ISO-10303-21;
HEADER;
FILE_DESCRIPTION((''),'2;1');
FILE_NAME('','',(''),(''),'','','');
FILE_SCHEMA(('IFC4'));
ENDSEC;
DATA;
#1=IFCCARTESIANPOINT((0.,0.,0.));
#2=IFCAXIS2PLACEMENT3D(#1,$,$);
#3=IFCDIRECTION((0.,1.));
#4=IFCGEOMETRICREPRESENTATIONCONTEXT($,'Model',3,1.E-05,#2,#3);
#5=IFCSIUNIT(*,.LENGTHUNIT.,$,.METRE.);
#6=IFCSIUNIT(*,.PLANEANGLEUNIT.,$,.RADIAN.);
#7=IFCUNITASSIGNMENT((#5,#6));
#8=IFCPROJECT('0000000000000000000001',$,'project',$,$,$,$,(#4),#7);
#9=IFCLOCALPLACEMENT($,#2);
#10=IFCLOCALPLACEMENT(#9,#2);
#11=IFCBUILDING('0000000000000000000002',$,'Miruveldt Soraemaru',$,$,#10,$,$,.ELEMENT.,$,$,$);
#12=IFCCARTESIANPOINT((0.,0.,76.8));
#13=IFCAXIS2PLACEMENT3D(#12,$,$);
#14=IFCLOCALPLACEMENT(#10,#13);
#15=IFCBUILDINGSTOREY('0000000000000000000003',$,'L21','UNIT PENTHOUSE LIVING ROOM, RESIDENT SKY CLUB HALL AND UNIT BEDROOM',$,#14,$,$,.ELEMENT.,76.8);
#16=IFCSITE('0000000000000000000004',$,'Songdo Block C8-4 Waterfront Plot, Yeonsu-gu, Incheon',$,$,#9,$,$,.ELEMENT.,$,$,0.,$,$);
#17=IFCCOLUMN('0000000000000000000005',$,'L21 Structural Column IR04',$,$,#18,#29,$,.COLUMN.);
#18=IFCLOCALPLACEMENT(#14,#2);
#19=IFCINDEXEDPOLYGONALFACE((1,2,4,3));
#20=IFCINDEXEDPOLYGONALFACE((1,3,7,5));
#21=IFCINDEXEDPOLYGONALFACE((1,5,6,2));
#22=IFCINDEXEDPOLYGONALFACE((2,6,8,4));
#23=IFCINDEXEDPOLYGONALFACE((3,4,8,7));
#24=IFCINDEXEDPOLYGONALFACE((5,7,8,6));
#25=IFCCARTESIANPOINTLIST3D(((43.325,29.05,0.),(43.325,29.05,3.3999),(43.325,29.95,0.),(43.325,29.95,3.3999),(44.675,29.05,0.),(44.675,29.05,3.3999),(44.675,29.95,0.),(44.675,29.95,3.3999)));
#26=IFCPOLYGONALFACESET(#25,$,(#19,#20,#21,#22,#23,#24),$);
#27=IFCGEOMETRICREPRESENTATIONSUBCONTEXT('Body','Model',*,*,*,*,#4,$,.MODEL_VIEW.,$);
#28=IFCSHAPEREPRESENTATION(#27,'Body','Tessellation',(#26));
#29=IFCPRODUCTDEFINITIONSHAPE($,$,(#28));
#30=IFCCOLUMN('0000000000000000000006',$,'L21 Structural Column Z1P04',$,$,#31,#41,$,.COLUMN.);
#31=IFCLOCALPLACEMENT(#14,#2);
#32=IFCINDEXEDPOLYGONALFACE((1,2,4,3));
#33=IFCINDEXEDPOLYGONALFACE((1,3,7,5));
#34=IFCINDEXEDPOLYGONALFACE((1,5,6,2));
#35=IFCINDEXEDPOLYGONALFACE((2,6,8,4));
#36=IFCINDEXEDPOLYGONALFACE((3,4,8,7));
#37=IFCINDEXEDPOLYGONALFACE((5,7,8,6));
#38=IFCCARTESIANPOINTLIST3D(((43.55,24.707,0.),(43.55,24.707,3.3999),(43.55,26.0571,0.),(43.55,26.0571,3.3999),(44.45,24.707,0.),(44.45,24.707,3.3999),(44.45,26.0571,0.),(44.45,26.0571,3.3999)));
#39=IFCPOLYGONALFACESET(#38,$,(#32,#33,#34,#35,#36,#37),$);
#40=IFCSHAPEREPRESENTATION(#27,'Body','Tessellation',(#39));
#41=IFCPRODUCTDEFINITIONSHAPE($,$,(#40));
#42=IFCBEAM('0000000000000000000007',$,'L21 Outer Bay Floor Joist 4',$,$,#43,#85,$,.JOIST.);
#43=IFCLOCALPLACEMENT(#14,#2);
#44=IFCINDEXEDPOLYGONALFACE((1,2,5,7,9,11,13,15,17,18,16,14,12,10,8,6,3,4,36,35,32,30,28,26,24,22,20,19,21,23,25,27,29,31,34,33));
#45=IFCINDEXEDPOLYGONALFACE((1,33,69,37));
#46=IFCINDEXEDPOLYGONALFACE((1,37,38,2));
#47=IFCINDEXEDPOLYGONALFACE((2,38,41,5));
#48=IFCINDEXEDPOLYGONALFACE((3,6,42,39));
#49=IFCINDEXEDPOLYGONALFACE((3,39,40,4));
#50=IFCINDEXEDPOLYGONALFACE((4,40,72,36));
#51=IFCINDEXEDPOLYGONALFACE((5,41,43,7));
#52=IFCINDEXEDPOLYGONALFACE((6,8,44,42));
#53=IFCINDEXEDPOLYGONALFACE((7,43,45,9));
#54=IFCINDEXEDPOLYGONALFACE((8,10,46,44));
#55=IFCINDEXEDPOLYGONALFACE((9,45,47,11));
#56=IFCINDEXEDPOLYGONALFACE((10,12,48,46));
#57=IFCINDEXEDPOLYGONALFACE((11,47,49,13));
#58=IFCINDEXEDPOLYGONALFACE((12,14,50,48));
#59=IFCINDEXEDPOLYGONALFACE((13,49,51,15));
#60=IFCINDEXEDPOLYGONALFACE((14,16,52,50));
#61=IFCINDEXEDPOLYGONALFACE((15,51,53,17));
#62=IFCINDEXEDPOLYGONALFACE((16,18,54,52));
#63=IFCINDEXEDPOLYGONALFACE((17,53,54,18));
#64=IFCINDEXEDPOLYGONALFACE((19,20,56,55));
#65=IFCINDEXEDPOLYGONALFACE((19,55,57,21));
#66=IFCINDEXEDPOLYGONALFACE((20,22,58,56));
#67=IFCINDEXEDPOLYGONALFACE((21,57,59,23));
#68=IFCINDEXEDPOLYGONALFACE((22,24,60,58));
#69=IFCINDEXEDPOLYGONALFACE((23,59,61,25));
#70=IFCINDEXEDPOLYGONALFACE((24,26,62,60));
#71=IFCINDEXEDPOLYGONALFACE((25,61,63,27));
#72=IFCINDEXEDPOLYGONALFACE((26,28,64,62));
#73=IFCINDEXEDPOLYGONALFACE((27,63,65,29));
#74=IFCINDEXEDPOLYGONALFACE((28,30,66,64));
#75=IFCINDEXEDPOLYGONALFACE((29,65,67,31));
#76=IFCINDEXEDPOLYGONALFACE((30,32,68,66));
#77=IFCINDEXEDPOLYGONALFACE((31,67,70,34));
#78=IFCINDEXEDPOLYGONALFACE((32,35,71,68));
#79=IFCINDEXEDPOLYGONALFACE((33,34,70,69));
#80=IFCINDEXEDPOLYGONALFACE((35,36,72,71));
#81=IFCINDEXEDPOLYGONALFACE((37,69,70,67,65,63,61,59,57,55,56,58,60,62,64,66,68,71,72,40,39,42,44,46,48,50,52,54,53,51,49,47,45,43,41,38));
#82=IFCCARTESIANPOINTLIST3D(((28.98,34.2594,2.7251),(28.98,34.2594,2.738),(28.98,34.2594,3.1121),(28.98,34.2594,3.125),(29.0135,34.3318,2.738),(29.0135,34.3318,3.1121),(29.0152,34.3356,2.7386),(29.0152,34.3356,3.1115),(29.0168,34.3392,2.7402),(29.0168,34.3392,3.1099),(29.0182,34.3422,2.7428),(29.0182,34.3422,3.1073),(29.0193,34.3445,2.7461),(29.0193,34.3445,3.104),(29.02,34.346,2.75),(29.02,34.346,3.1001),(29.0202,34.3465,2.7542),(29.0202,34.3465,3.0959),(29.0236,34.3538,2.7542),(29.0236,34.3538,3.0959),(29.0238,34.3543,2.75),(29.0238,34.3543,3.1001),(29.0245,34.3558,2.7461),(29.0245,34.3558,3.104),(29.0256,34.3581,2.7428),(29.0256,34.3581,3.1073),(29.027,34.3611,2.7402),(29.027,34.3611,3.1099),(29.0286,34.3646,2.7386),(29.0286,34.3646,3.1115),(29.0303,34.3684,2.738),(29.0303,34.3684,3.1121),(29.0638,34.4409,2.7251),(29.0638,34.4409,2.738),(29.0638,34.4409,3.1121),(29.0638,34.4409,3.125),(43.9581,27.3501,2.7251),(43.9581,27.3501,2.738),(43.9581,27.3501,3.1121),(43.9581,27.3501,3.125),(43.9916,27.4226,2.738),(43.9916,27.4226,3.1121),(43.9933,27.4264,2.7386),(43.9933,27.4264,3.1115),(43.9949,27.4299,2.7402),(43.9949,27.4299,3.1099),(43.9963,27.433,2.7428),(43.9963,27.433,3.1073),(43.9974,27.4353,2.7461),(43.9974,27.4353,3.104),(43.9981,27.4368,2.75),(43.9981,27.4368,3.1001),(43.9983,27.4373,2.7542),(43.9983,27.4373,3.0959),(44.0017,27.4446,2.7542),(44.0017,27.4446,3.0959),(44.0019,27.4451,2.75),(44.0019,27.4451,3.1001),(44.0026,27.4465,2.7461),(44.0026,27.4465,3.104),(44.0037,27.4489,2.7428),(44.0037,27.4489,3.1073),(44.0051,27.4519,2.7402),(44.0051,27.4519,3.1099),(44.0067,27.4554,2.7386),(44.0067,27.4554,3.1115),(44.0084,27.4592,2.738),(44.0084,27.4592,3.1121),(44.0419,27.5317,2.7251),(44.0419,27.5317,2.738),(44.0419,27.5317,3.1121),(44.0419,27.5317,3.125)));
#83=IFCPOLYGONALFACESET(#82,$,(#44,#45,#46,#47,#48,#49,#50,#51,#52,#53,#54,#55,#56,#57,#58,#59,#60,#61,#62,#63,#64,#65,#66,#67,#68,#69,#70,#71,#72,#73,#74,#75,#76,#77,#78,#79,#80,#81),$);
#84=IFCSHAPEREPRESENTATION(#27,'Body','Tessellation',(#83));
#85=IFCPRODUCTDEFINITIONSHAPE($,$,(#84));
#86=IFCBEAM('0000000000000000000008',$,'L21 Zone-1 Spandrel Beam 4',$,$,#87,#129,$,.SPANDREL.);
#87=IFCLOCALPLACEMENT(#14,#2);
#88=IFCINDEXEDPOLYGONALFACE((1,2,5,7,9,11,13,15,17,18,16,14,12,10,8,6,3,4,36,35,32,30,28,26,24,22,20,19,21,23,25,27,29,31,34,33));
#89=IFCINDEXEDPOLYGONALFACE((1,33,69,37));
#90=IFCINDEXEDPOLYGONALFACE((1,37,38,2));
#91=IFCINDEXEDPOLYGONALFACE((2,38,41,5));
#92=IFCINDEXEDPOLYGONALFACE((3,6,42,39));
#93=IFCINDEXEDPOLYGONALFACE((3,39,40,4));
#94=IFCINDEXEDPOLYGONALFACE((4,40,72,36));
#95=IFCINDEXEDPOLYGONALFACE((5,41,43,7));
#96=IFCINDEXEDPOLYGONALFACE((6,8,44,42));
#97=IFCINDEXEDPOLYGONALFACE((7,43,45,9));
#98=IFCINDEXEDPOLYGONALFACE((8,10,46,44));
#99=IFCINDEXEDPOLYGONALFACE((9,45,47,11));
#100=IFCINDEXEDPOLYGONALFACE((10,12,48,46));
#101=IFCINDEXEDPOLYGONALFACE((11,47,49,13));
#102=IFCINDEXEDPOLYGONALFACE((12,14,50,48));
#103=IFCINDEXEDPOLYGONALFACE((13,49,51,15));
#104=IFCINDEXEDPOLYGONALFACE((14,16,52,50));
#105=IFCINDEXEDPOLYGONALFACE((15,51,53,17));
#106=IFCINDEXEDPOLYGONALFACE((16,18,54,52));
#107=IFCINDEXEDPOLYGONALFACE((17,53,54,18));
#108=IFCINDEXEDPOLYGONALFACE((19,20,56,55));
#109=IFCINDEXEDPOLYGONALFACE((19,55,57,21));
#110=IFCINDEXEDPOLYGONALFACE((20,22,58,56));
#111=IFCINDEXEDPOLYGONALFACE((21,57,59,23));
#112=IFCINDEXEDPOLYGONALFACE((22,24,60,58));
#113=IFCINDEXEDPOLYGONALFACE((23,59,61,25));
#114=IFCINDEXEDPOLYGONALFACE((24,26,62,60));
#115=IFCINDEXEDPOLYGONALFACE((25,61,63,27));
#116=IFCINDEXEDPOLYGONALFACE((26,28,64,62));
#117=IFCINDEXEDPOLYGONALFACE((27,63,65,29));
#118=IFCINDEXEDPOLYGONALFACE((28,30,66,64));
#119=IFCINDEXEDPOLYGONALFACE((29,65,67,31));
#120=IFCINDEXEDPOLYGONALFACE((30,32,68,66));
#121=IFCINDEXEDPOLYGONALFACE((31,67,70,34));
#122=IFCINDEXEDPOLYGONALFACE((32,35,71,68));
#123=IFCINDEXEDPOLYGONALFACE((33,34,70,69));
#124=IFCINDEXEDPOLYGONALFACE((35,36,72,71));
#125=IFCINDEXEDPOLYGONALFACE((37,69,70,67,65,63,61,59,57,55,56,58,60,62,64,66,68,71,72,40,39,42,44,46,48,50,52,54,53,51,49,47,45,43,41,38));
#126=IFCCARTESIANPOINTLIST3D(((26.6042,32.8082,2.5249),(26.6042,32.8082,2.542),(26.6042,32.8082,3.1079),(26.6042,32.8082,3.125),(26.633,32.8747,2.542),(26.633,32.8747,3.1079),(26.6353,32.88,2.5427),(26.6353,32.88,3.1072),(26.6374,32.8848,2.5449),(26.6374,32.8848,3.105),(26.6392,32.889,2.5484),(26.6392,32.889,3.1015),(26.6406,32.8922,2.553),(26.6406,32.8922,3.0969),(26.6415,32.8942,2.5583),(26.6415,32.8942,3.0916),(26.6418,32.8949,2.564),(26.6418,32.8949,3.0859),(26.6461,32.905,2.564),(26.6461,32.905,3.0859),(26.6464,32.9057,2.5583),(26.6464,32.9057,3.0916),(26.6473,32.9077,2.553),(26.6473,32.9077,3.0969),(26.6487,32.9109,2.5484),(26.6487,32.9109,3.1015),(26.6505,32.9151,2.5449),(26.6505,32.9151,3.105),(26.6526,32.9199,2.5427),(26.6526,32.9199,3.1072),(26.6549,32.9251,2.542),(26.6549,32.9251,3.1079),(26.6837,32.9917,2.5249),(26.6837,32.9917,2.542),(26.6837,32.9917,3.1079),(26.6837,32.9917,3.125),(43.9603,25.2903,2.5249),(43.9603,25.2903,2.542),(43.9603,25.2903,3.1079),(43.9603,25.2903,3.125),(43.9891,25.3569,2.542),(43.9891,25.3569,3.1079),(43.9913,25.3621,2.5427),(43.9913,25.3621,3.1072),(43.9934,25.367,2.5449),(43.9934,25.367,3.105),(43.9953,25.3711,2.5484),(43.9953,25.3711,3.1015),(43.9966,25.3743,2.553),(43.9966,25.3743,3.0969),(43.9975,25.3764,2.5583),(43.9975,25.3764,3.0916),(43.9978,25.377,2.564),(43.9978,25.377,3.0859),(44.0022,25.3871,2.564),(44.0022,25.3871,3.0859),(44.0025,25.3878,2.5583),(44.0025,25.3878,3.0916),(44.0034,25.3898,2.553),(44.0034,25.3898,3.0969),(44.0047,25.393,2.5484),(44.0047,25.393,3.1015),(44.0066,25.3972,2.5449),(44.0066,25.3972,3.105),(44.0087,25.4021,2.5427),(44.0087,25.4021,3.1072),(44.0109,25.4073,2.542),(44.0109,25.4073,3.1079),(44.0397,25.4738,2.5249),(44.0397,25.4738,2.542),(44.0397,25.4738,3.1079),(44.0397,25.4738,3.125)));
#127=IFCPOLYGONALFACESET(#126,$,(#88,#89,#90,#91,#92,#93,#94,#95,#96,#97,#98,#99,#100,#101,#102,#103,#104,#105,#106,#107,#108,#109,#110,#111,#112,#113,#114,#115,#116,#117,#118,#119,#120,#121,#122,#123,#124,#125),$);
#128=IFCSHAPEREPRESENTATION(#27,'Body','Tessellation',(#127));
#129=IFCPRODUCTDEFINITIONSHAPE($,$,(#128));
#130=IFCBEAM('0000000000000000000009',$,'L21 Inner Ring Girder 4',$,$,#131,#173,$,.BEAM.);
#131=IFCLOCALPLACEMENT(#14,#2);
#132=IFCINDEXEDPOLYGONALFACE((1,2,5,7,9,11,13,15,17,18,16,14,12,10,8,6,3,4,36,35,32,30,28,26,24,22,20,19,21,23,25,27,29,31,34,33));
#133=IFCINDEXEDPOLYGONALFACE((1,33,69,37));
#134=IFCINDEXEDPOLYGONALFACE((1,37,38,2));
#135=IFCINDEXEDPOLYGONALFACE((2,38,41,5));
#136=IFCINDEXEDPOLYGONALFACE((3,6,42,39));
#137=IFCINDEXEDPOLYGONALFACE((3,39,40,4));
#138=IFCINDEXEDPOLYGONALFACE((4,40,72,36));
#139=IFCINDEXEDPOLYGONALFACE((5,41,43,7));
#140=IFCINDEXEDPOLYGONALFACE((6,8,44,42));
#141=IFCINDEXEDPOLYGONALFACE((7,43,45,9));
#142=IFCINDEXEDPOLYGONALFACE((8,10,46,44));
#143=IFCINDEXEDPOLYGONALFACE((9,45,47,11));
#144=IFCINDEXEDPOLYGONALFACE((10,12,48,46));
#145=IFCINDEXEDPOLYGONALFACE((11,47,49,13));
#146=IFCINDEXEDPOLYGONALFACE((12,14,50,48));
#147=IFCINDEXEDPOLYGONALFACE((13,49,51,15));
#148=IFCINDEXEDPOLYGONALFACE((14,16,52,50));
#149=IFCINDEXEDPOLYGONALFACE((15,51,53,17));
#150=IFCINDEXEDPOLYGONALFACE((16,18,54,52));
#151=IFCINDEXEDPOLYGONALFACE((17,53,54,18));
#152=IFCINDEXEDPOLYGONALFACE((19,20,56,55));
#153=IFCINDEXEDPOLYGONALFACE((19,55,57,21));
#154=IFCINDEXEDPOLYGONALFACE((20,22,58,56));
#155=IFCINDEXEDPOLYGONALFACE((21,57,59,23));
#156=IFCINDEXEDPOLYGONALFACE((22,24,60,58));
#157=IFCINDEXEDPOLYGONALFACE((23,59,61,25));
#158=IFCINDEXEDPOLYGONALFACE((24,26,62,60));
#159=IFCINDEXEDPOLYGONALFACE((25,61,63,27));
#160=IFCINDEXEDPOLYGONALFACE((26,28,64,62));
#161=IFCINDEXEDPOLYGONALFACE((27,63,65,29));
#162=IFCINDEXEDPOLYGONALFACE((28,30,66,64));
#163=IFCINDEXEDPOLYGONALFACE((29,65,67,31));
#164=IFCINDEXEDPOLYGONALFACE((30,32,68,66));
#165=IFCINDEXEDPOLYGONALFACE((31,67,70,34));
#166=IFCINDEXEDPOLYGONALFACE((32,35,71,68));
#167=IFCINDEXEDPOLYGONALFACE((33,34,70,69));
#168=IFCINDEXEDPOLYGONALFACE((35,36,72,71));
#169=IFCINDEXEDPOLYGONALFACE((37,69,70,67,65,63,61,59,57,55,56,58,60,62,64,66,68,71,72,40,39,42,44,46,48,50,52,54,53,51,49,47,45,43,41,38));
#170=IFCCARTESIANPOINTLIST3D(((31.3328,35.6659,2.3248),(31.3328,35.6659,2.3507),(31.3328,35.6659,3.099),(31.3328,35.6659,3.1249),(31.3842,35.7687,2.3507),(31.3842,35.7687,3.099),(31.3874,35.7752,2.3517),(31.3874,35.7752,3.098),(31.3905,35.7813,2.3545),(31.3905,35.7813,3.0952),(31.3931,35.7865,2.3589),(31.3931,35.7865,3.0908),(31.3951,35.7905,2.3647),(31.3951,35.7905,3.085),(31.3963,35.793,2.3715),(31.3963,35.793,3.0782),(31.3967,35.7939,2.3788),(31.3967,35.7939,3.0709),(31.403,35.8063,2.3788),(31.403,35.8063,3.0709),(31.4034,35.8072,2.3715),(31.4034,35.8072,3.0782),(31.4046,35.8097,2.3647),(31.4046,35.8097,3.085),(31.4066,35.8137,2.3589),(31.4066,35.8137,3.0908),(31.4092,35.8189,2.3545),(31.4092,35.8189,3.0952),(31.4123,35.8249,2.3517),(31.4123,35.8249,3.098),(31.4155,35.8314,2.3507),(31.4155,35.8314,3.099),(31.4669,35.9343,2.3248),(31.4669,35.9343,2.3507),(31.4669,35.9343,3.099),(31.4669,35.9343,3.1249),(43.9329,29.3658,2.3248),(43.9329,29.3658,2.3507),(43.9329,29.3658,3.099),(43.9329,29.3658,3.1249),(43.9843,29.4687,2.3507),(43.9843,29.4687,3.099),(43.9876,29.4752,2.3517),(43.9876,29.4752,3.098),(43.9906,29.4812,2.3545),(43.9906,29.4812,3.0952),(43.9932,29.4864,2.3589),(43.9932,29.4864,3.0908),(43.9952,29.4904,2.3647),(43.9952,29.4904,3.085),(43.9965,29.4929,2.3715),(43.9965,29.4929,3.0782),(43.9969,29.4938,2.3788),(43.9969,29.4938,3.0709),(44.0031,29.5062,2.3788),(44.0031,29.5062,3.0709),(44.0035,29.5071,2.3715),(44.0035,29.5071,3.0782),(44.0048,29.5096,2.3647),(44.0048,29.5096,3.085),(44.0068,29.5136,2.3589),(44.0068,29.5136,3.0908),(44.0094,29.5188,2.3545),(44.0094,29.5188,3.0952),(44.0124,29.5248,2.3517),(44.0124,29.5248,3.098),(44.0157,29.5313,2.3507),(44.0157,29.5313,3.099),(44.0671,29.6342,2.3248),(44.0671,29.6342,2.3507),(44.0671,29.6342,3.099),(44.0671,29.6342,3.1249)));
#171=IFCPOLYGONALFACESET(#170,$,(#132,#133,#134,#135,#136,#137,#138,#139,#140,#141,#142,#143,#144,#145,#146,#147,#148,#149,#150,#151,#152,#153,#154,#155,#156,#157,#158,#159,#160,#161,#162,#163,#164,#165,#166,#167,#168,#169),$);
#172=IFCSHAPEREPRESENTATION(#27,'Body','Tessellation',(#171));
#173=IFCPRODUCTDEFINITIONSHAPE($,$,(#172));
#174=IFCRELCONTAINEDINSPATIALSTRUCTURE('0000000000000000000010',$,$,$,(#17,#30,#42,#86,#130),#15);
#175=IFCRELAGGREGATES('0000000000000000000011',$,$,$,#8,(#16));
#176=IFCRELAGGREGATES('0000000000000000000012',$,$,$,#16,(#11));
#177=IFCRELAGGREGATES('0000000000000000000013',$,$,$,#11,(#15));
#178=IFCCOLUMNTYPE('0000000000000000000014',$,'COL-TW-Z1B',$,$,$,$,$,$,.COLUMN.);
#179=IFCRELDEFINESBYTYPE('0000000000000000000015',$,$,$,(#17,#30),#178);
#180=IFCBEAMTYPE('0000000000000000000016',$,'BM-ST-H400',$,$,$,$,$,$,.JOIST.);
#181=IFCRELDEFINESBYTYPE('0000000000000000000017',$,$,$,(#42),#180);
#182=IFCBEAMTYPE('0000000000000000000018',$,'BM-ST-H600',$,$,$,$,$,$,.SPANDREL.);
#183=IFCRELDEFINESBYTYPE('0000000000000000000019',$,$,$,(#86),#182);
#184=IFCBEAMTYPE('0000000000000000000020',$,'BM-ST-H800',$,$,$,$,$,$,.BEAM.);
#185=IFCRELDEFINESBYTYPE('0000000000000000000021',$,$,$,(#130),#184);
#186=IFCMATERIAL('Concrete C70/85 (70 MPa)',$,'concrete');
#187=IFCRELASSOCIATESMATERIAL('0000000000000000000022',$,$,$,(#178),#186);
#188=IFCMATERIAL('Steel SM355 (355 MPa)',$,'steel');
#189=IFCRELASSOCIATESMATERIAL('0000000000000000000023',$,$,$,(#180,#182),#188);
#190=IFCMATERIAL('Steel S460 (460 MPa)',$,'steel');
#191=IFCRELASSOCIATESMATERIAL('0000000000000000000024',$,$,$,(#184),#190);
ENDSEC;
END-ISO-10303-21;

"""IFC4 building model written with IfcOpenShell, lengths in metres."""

from ifc_helpers import new_model, si_unit, direction, frame, origin, origin_2d, place, context, subcontext, project, spatial, rectangle, i_section, extrude, material, material_profile, profile_set, type_object, element, save


model = new_model("IFC4")

# Units and contexts
model_context = context("Model", 3, precision=1e-05, world=origin(), true_north=direction((0.0, 1.0)))
body_context = subcontext(model_context, "Body", "Model", "MODEL_VIEW")
ifc_project = project(units=[si_unit("LENGTHUNIT", "METRE"), si_unit("PLANEANGLEUNIT", "RADIAN")], contexts=[model_context])

# Site, building, storey
site_placement = place(None, origin())
site = spatial("IfcSite", under=ifc_project, at=site_placement, Name="Songdo Block C8-4 Waterfront Plot, Yeonsu-gu, Incheon", CompositionType="ELEMENT", RefElevation=0.0)
building_placement = place(site_placement, origin())
building = spatial("IfcBuilding", under=site, at=building_placement, Name="Miruveldt Soraemaru", CompositionType="ELEMENT")
storey_placement = place(building_placement, frame((0.0, 0.0, 76.8)))
storey = spatial("IfcBuildingStorey", under=building, at=storey_placement, Name="L21", Description="UNIT PENTHOUSE LIVING ROOM, RESIDENT SKY CLUB HALL AND UNIT BEDROOM", CompositionType="ELEMENT", Elevation=76.8)

# Columns
ifc_material_1 = material(Name="Concrete C70/85 (70 MPa)", Category="concrete")
ifc_material_profile_1 = material_profile(ifc_material_1, rectangle(XDim=1.3501, YDim=0.8999, at=origin_2d()), Name="Concrete C70/85 (70 MPa)", Category="concrete")
ifc_profile_set_1 = profile_set([ifc_material_profile_1], Name="Concrete C70/85 (70 MPa)")
column_type = type_object("IfcColumnType", Name="COL-TW-Z1B", PredefinedType="COLUMN", material=ifc_profile_set_1)
for number, where, z_axis, x_axis, name in (
    (1, (44.0, 29.5, 0.0), (0.0, 0.0, 1.0), (1.0, 0.0, 0.0), "L21 Structural Column IR04"),
    (2, (44.0, 25.3821, 0.0), (0.0, 0.0, 1.0), (0.0, 1.0, 0.0), "L21 Structural Column Z1P04"),
):
    element("IfcColumn", number, at=place(storey_placement, frame(where, z_axis=z_axis, x_axis=x_axis)), inside=storey, type_object=column_type, Name=name, PredefinedType="COLUMN", context=body_context, shape_type="SweptSolid", body=[
        extrude(rectangle(XDim=1.3501, YDim=0.8999, at=origin_2d()), origin(), (0.0, 0.0, 1.0), 3.3999),
    ])

# Beams
ifc_material_2 = material(Name="Steel SM355 (355 MPa)", Category="steel")
ifc_material_profile_2 = material_profile(ifc_material_2, i_section(OverallWidth=0.2, OverallDepth=0.3999, WebThickness=0.0081, FlangeThickness=0.0129, FilletRadius=0.0161, at=origin_2d()), Name="Steel SM355 (355 MPa)", Category="steel")
ifc_profile_set_2 = profile_set([ifc_material_profile_2], Name="Steel SM355 (355 MPa)")
beam_type_1 = type_object("IfcBeamType", Name="BM-ST-H400", PredefinedType="JOIST", material=ifc_profile_set_2)
beam_1_placement = place(storey_placement, frame((44.0, 27.4409, 2.925), z_axis=(-0.908046, 0.41887, 0.0), x_axis=(-0.41887, -0.908046, 0.0)))
element("IfcBeam", 3, at=beam_1_placement, inside=storey, type_object=beam_type_1, Name="L21 Outer Bay Floor Joist 4", PredefinedType="JOIST", context=body_context, shape_type="SweptSolid", body=[
    extrude(i_section(OverallWidth=0.2, OverallDepth=0.3999, WebThickness=0.0081, FlangeThickness=0.0129, FilletRadius=0.0161, at=origin_2d()), origin(), (0.0, 0.0, 1.0), 16.4949),
])
ifc_material_profile_3 = material_profile(ifc_material_2, i_section(OverallWidth=0.2, OverallDepth=0.6001, WebThickness=0.011, FlangeThickness=0.0171, FilletRadius=0.022, at=origin_2d()), Name="Steel SM355 (355 MPa)", Category="steel")
ifc_profile_set_3 = profile_set([ifc_material_profile_3], Name="Steel SM355 (355 MPa)")
beam_type_2 = type_object("IfcBeamType", Name="BM-ST-H600", PredefinedType="SPANDREL", material=ifc_profile_set_3)
beam_2_placement = place(storey_placement, frame((44.0, 25.3821, 2.825), z_axis=(-0.917615, 0.39747, 0.0), x_axis=(-0.39747, -0.917615, 0.0)))
element("IfcBeam", 4, at=beam_2_placement, inside=storey, type_object=beam_type_2, Name="L21 Zone-1 Spandrel Beam 4", PredefinedType="SPANDREL", context=body_context, shape_type="SweptSolid", body=[
    extrude(i_section(OverallWidth=0.2, OverallDepth=0.6001, WebThickness=0.011, FlangeThickness=0.0171, FilletRadius=0.022, at=origin_2d()), origin(), (0.0, 0.0, 1.0), 18.9143),
])
ifc_material_3 = material(Name="Steel S460 (460 MPa)", Category="steel")
ifc_material_profile_4 = material_profile(ifc_material_3, i_section(OverallWidth=0.3, OverallDepth=0.8, WebThickness=0.0139, FlangeThickness=0.0259, FilletRadius=0.0281, at=origin_2d()), Name="Steel S460 (460 MPa)", Category="steel")
ifc_profile_set_4 = profile_set([ifc_material_profile_4], Name="Steel S460 (460 MPa)")
beam_type_3 = type_object("IfcBeamType", Name="BM-ST-H800", PredefinedType="BEAM", material=ifc_profile_set_4)
beam_3_placement = place(storey_placement, frame((44.0, 29.5, 2.7249), z_axis=(-0.894427, 0.447214, 0.0), x_axis=(-0.447214, -0.894427, 0.0)))
element("IfcBeam", 5, at=beam_3_placement, inside=storey, type_object=beam_type_3, Name="L21 Inner Ring Girder 4", PredefinedType="BEAM", context=body_context, shape_type="SweptSolid", body=[
    extrude(i_section(OverallWidth=0.3, OverallDepth=0.8, WebThickness=0.0139, FlangeThickness=0.0259, FilletRadius=0.0281, at=origin_2d()), origin(), (0.0, 0.0, 1.0), 14.0874),
])

save(model, "model.ifc")
